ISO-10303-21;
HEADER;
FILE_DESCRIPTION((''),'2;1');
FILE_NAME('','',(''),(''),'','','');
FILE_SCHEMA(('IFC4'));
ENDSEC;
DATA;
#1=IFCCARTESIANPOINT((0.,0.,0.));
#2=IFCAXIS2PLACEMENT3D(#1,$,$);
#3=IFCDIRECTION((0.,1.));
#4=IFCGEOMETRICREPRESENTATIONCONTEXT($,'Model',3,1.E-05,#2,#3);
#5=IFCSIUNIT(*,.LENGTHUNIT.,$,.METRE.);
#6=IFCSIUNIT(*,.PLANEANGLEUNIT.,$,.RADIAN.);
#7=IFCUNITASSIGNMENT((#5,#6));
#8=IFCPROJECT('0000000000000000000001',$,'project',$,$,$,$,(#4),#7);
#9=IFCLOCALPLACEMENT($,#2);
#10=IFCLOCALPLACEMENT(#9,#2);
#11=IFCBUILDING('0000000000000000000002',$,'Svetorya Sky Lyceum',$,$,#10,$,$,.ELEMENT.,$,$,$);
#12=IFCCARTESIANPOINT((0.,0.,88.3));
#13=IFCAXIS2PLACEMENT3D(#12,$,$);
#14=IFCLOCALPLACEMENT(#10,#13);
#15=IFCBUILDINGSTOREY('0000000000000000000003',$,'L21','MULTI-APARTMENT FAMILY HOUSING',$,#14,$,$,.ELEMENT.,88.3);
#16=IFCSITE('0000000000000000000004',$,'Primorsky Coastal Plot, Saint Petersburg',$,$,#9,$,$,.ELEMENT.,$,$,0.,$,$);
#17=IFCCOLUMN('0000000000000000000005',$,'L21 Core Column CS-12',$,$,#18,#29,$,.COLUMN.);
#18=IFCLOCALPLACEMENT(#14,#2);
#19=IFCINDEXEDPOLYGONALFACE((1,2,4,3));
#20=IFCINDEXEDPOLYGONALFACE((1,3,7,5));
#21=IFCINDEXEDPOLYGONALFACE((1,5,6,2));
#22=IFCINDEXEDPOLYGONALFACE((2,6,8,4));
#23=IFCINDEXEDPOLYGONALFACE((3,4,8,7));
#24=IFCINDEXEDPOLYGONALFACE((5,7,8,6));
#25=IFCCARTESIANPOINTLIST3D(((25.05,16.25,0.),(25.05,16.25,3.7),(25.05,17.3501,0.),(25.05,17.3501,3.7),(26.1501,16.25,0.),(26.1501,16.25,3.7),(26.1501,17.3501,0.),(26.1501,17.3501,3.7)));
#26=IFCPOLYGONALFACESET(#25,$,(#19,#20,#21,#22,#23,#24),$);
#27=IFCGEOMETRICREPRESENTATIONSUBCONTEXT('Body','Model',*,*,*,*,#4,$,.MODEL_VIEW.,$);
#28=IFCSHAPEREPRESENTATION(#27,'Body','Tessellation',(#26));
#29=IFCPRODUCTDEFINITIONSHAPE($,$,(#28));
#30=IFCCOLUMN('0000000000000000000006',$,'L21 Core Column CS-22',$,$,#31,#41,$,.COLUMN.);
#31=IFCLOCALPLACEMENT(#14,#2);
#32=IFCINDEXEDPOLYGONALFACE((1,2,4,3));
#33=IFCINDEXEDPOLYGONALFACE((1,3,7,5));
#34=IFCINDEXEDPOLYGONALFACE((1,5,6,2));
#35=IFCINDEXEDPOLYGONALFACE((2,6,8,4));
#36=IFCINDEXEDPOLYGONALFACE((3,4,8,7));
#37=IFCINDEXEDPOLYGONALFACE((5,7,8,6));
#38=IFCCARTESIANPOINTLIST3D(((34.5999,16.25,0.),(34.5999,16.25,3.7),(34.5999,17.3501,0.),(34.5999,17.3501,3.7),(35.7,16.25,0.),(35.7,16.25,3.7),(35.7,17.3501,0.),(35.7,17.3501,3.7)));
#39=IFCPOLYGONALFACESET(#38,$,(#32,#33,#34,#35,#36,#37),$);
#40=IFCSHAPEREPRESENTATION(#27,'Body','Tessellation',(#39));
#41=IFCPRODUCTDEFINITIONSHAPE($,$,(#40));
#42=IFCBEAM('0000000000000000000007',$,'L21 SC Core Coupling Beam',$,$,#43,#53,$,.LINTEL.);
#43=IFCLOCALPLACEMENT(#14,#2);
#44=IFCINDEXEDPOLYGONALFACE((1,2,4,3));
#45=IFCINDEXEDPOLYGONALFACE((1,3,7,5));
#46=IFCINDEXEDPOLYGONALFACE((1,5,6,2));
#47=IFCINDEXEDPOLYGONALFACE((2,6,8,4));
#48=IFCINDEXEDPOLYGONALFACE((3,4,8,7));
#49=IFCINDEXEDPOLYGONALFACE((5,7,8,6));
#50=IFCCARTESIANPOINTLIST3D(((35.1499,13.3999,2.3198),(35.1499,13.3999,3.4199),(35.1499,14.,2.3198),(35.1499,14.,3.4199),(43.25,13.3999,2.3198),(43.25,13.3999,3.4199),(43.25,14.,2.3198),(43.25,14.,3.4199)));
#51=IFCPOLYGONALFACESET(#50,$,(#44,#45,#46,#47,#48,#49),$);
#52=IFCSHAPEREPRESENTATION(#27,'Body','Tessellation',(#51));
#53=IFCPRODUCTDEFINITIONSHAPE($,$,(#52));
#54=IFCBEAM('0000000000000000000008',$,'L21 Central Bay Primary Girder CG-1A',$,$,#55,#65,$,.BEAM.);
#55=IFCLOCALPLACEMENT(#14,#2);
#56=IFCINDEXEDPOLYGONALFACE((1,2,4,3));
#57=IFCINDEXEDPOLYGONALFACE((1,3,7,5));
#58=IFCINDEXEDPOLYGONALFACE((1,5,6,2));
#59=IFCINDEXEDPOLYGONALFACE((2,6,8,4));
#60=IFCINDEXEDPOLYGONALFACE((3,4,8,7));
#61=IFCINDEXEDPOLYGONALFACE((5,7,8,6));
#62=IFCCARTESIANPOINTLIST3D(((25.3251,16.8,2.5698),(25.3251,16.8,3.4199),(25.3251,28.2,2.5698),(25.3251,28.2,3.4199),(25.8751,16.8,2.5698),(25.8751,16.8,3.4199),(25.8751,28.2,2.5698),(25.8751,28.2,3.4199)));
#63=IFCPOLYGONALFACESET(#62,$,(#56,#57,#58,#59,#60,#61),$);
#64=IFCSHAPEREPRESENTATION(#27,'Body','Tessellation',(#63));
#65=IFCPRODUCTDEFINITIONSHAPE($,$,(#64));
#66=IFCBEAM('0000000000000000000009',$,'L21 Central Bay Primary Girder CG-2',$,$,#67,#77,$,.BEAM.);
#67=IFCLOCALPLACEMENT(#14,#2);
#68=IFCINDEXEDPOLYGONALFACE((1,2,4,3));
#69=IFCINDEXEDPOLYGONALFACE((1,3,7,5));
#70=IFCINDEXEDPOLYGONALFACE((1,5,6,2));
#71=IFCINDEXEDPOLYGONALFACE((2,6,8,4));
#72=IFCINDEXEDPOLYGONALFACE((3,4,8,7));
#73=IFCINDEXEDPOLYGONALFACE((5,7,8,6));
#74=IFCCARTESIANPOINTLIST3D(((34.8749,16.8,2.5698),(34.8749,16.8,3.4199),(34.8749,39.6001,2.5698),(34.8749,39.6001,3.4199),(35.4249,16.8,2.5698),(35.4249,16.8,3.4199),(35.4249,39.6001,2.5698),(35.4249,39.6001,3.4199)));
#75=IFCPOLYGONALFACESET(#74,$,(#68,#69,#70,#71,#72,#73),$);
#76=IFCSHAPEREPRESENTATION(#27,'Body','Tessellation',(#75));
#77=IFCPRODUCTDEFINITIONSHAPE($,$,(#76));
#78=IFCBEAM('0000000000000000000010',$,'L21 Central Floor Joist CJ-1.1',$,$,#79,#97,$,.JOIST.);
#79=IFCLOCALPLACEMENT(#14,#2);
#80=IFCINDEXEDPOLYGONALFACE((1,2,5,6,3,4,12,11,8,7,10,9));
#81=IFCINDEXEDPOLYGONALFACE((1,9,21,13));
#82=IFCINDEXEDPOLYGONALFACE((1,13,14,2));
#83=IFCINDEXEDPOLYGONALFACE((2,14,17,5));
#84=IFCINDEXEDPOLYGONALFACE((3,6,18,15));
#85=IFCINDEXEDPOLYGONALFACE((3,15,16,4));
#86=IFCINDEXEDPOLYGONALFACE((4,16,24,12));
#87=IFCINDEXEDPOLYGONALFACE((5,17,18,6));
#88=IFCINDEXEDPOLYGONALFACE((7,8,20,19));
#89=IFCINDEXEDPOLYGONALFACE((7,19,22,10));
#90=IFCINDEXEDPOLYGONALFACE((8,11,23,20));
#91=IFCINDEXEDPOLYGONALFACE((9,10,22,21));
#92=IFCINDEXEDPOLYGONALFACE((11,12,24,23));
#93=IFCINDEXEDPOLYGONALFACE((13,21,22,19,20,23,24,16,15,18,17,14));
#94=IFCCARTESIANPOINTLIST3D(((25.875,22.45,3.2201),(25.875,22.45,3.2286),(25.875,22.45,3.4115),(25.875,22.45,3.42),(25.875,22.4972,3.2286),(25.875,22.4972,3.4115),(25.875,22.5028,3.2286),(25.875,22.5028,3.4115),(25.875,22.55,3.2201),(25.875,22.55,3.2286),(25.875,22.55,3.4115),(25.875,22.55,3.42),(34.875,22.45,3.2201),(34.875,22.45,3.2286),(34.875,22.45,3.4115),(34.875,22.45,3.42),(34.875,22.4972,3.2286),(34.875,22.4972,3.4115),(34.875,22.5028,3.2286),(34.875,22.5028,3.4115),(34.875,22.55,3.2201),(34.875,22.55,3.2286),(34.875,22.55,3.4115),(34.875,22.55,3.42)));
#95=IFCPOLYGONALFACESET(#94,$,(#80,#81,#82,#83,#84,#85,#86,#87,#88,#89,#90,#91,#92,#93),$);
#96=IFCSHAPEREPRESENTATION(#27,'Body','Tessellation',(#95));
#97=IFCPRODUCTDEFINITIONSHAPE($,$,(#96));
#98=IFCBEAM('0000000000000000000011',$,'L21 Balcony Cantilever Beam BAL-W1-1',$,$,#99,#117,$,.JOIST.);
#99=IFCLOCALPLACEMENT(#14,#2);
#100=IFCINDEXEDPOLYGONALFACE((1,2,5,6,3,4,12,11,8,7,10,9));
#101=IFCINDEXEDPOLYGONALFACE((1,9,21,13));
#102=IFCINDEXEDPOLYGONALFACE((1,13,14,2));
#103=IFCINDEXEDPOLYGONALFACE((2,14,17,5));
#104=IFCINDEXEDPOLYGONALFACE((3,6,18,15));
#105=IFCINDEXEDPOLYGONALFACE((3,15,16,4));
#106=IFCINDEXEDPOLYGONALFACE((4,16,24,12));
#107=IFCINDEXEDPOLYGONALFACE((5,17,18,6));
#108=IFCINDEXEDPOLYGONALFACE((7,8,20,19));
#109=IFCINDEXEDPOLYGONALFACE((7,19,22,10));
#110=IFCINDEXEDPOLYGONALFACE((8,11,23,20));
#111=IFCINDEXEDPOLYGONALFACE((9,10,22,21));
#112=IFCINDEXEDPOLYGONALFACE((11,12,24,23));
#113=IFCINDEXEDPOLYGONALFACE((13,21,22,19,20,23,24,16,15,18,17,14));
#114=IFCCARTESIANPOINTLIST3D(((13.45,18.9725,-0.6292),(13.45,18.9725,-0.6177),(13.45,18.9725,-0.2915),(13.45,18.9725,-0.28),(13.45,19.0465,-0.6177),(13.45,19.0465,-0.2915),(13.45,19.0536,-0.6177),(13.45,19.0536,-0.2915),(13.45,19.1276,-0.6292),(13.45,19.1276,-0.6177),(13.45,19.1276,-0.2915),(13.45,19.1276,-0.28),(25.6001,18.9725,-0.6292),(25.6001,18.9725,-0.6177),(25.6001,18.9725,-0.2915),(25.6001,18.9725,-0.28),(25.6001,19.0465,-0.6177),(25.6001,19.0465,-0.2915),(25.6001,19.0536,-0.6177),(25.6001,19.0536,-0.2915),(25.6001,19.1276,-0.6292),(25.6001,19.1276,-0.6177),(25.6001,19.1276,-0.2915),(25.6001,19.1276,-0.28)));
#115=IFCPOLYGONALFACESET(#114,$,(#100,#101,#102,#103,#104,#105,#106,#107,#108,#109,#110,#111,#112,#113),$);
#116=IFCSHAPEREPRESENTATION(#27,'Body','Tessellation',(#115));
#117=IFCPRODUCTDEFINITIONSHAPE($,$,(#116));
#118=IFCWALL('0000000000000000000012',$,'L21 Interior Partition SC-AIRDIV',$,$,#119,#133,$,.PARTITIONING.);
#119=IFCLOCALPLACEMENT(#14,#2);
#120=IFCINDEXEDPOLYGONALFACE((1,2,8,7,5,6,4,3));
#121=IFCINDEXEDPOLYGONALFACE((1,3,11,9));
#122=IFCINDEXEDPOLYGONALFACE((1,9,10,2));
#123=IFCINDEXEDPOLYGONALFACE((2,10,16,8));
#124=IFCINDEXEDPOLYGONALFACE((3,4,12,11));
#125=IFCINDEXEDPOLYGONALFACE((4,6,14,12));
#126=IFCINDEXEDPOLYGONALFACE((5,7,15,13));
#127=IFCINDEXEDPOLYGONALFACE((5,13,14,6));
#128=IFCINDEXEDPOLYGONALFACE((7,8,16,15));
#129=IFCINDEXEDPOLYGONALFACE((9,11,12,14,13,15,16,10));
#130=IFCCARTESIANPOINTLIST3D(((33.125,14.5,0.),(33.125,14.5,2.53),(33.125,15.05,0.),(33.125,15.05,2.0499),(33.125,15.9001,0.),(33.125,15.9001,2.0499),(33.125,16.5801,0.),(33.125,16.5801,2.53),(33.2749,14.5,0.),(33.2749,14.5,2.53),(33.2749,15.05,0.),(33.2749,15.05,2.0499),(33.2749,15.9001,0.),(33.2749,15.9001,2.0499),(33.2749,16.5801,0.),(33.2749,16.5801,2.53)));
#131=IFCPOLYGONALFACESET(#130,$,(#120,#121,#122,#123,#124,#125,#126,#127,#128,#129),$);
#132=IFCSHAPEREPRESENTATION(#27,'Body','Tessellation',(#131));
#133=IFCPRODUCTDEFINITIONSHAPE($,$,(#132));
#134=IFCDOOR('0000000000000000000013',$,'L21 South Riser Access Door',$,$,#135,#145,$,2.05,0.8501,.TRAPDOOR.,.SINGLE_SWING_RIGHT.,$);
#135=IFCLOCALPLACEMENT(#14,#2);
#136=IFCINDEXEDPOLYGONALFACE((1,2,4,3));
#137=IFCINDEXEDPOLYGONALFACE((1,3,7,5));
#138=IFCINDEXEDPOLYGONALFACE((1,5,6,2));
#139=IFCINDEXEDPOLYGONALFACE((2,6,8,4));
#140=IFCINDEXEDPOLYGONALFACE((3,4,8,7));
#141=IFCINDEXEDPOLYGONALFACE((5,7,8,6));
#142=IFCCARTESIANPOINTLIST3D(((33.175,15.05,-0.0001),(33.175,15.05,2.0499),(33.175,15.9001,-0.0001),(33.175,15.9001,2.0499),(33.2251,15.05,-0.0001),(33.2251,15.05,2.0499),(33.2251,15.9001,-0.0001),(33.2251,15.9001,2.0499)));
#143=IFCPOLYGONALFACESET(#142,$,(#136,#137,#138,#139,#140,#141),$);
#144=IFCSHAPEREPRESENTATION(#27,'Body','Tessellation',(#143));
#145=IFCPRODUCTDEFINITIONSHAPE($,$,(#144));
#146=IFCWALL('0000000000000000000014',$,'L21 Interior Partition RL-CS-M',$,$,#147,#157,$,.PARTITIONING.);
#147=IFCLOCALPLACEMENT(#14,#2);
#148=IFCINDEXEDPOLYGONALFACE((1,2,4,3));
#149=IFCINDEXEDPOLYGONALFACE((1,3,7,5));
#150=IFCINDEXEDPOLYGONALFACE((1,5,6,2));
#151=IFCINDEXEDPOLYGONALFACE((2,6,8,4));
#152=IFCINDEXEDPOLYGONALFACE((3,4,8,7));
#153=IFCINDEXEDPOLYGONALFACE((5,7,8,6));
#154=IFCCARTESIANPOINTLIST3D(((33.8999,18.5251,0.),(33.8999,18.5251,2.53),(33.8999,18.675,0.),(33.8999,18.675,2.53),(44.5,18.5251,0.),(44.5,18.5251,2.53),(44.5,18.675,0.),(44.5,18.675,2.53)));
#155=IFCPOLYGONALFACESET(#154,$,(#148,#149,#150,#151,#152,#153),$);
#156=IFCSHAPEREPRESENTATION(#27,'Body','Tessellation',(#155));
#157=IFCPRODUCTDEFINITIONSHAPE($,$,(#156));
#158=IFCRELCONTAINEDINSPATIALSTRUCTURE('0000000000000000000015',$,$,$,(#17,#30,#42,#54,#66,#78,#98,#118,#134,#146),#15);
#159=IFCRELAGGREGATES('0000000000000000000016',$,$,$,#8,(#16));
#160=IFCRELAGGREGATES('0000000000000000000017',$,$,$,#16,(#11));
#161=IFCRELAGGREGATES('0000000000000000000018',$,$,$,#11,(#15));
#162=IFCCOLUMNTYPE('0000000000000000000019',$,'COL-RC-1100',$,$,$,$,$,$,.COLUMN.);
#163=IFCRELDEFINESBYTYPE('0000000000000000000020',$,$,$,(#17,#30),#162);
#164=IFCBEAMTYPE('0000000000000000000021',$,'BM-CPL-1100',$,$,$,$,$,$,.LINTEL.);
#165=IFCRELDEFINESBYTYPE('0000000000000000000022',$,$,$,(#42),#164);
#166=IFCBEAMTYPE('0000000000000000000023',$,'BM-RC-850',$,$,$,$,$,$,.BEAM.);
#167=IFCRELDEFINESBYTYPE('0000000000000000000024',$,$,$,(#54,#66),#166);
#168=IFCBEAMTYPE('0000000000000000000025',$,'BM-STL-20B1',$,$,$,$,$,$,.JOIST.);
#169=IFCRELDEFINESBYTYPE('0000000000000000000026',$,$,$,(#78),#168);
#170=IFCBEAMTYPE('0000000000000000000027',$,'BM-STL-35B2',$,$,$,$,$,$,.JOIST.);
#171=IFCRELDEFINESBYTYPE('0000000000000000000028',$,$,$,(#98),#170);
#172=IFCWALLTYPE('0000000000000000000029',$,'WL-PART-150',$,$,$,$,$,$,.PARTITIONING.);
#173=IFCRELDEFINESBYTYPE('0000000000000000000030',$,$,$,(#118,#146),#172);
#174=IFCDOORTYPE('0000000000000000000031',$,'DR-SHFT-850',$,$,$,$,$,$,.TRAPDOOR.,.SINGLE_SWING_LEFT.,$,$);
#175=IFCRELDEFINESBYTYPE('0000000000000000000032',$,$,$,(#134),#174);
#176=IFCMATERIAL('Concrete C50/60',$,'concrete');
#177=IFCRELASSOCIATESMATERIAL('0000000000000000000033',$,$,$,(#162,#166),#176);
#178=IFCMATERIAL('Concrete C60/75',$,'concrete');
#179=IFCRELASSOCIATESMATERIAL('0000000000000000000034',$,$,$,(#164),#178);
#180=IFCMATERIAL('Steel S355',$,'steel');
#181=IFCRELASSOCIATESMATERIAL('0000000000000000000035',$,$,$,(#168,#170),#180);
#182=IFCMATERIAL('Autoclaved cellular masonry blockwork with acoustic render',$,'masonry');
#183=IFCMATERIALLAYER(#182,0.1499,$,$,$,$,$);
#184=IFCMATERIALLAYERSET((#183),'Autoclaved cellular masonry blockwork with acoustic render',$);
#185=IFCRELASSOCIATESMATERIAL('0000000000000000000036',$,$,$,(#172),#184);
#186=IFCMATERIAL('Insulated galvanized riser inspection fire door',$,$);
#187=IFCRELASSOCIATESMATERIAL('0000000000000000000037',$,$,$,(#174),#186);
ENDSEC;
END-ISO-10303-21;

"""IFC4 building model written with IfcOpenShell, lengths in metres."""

from ifc_helpers import new_model, si_unit, direction, frame, frame_2d, origin, origin_2d, place, context, subcontext, project, spatial, rectangle, i_section, extrude, material, layer, layer_set, material_profile, profile_set, type_object, element, fill, save


model = new_model("IFC4")

# Units and contexts
model_context = context("Model", 3, precision=1e-05, world=origin(), true_north=direction((0.0, 1.0)))
body_context = subcontext(model_context, "Body", "Model", "MODEL_VIEW")
ifc_project = project(units=[si_unit("LENGTHUNIT", "METRE"), si_unit("PLANEANGLEUNIT", "RADIAN")], contexts=[model_context])

# Site, building, storey
site_placement = place(None, origin())
site = spatial("IfcSite", under=ifc_project, at=site_placement, Name="Primorsky Coastal Plot, Saint Petersburg", CompositionType="ELEMENT", RefElevation=0.0)
building_placement = place(site_placement, origin())
building = spatial("IfcBuilding", under=site, at=building_placement, Name="Svetorya Sky Lyceum", CompositionType="ELEMENT")
storey_placement = place(building_placement, frame((0.0, 0.0, 88.3)))
storey = spatial("IfcBuildingStorey", under=building, at=storey_placement, Name="L21", Description="MULTI-APARTMENT FAMILY HOUSING", CompositionType="ELEMENT", Elevation=88.3)

# Columns
ifc_material_1 = material(Name="Concrete C50/60", Category="concrete")
ifc_material_profile_1 = material_profile(ifc_material_1, rectangle(XDim=1.1001, YDim=1.1001, at=origin_2d()), Name="RC COL 1100x1100")
ifc_profile_set_1 = profile_set([ifc_material_profile_1], Name="Concrete C50/60")
column_type = type_object("IfcColumnType", Name="COL-RC-1100", PredefinedType="COLUMN", material=ifc_profile_set_1)
for number, where, z_axis, x_axis, name in (
    (1, (25.6001, 16.8, 0.0), (0.0, 0.0, 1.0), (1.0, 0.0, 0.0), "L21 Core Column CS-12"),
    (2, (35.1499, 16.8, 0.0), (0.0, 0.0, 1.0), (1.0, 0.0, 0.0), "L21 Core Column CS-22"),
):
    element("IfcColumn", number, at=place(storey_placement, frame(where, z_axis=z_axis, x_axis=x_axis)), inside=storey, type_object=column_type, Name=name, PredefinedType="COLUMN", context=body_context, shape_type="SweptSolid", body=[
        extrude(rectangle(XDim=1.1001, YDim=1.1001, at=origin_2d()), origin(), (0.0, 0.0, 1.0), 3.7),
    ])

# Beams
ifc_material_2 = material(Name="Concrete C60/75", Category="concrete")
ifc_material_profile_2 = material_profile(ifc_material_2, rectangle(XDim=0.6001, YDim=1.1001, at=origin_2d()), Name="RC COUPLING 600x1100")
ifc_profile_set_2 = profile_set([ifc_material_profile_2], Name="Concrete C60/75")
beam_type_1 = type_object("IfcBeamType", Name="BM-CPL-1100", PredefinedType="LINTEL", material=ifc_profile_set_2)
beam_1_placement = place(storey_placement, frame((35.1499, 13.7, 2.8699), z_axis=(1.0, 0.0, 0.0), x_axis=(0.0, 1.0, 0.0)))
element("IfcBeam", 3, at=beam_1_placement, inside=storey, type_object=beam_type_1, Name="L21 SC Core Coupling Beam", PredefinedType="LINTEL", context=body_context, shape_type="SweptSolid", body=[
    extrude(rectangle(XDim=0.6001, YDim=1.1001, at=origin_2d()), origin(), (0.0, 0.0, 1.0), 8.1001),
])
ifc_material_profile_3 = material_profile(ifc_material_1, rectangle(XDim=0.55, YDim=0.8501, at=origin_2d()), Name="RC BEAM 550x850")
ifc_profile_set_3 = profile_set([ifc_material_profile_3], Name="Concrete C50/60")
beam_type_2 = type_object("IfcBeamType", Name="BM-RC-850", PredefinedType="BEAM", material=ifc_profile_set_3)
beam_2_placement = place(storey_placement, frame((25.6001, 16.8, 2.9949), z_axis=(0.0, 1.0, 0.0), x_axis=(-1.0, 0.0, 0.0)))
element("IfcBeam", 4, at=beam_2_placement, inside=storey, type_object=beam_type_2, Name="L21 Central Bay Primary Girder CG-1A", PredefinedType="BEAM", context=body_context, shape_type="SweptSolid", body=[
    extrude(rectangle(XDim=0.55, YDim=0.8501, at=origin_2d()), origin(), (0.0, 0.0, 1.0), 11.3999),
])
beam_3_placement = place(storey_placement, frame((35.1499, 16.8, 2.9949), z_axis=(0.0, 1.0, 0.0), x_axis=(-1.0, 0.0, 0.0)))
element("IfcBeam", 5, at=beam_3_placement, inside=storey, type_object=beam_type_2, Name="L21 Central Bay Primary Girder CG-2", PredefinedType="BEAM", context=body_context, shape_type="SweptSolid", body=[
    extrude(rectangle(XDim=0.55, YDim=0.8501, at=origin_2d()), origin(), (0.0, 0.0, 1.0), 22.8),
])
ifc_material_3 = material(Name="Steel S355", Category="steel")
ifc_material_profile_4 = material_profile(ifc_material_3, i_section(OverallWidth=0.1001, OverallDepth=0.2, WebThickness=0.0056, FlangeThickness=0.0085, at=origin_2d()), Name="GOST 20B1")
ifc_profile_set_4 = profile_set([ifc_material_profile_4], Name="Steel S355")
beam_type_3 = type_object("IfcBeamType", Name="BM-STL-20B1", PredefinedType="JOIST", material=ifc_profile_set_4)
beam_4_placement = place(storey_placement, frame((25.875, 22.5, 3.3201), z_axis=(1.0, 0.0, 0.0), x_axis=(0.0, 1.0, 0.0)))
element("IfcBeam", 6, at=beam_4_placement, inside=storey, type_object=beam_type_3, Name="L21 Central Floor Joist CJ-1.1", PredefinedType="JOIST", context=body_context, shape_type="SweptSolid", body=[
    extrude(i_section(OverallWidth=0.1001, OverallDepth=0.2, WebThickness=0.0056, FlangeThickness=0.0085, at=origin_2d()), origin(), (0.0, 0.0, 1.0), 9.0),
])
ifc_material_profile_5 = material_profile(ifc_material_3, i_section(OverallWidth=0.155, OverallDepth=0.3491, WebThickness=0.0071, FlangeThickness=0.0115, at=origin_2d()), Name="GOST 35B2")
ifc_profile_set_5 = profile_set([ifc_material_profile_5], Name="Steel S355")
beam_type_4 = type_object("IfcBeamType", Name="BM-STL-35B2", PredefinedType="JOIST", material=ifc_profile_set_5)
beam_5_placement = place(storey_placement, frame((25.6001, 19.05, -0.4546), z_axis=(-1.0, 0.0, 0.0), x_axis=(0.0, -1.0, 0.0)))
element("IfcBeam", 7, at=beam_5_placement, inside=storey, type_object=beam_type_4, Name="L21 Balcony Cantilever Beam BAL-W1-1", PredefinedType="JOIST", context=body_context, shape_type="SweptSolid", body=[
    extrude(i_section(OverallWidth=0.155, OverallDepth=0.3491, WebThickness=0.0071, FlangeThickness=0.0115, at=origin_2d()), origin(), (0.0, 0.0, 1.0), 12.1501),
])

# Wall, opening, door
ifc_material_4 = material(Name="Autoclaved cellular masonry blockwork with acoustic render", Category="masonry")
ifc_layer_1 = layer(ifc_material_4, 0.1499)
ifc_layer_set_1 = layer_set([ifc_layer_1], Name="Autoclaved cellular masonry blockwork with acoustic render")
wall_type_1 = type_object("IfcWallType", Name="WL-PART-150", PredefinedType="PARTITIONING", material=ifc_layer_set_1)
wall_1_placement = place(storey_placement, frame((33.2, 14.5, 0.0), z_axis=(0.0, 0.0, 1.0), x_axis=(0.0, 1.0, 0.0)))
wall_1 = element("IfcWall", 8, at=wall_1_placement, inside=storey, type_object=wall_type_1, Name="L21 Interior Partition SC-AIRDIV", PredefinedType="PARTITIONING", context=body_context, shape_type="SweptSolid", body=[
    extrude(rectangle(XDim=2.0801, YDim=0.1499, at=frame_2d((1.04, 0.0))), origin(), (0.0, 0.0, 1.0), 2.53),
])
opening_1_placement = place(wall_1_placement, frame((0.55, 0.0, 0.0)))
opening_1 = element("IfcOpeningElement", 9, at=opening_1_placement, cuts=wall_1, PredefinedType="OPENING", context=body_context, shape_type="SweptSolid", body=[
    extrude(rectangle(XDim=0.8501, YDim=2.05, at=frame_2d((0.425, 1.0249))), frame((0.0, 0.085, 0.0), z_axis=(0.0, -1.0, 0.0), x_axis=(1.0, 0.0, 0.0)), (0.0, 0.0, 1.0), 0.1699),
])
ifc_material_5 = material(Name="Insulated galvanized riser inspection fire door")
door_type_1 = type_object("IfcDoorType", Name="DR-SHFT-850", OperationType="SINGLE_SWING_LEFT", PredefinedType="TRAPDOOR", material=ifc_material_5)
door_1_placement = place(opening_1_placement, origin())
door_1 = element("IfcDoor", 10, at=door_1_placement, inside=storey, type_object=door_type_1, Name="L21 South Riser Access Door", OperationType="SINGLE_SWING_RIGHT", OverallHeight=2.05, OverallWidth=0.8501, PredefinedType="TRAPDOOR", context=body_context, shape_type="SweptSolid", body=[
    extrude(rectangle(XDim=0.8501, YDim=2.05, at=frame_2d((0.425, 1.0249))), frame((0.0, 0.0249, 0.0), z_axis=(0.0, -1.0, 0.0), x_axis=(1.0, 0.0, 0.0)), (0.0, 0.0, 1.0), 0.05),
])
fill(opening_1, door_1)

# Wall
wall_2_placement = place(storey_placement, frame((33.8999, 18.6001, 0.0), z_axis=(0.0, 0.0, 1.0), x_axis=(1.0, 0.0, 0.0)))
element("IfcWall", 11, at=wall_2_placement, inside=storey, type_object=wall_type_1, Name="L21 Interior Partition RL-CS-M", PredefinedType="PARTITIONING", context=body_context, shape_type="SweptSolid", body=[
    extrude(rectangle(XDim=10.6001, YDim=0.1499, at=frame_2d((5.3, 0.0))), origin(), (0.0, 0.0, 1.0), 2.53),
])

save(model, "model.ifc")
